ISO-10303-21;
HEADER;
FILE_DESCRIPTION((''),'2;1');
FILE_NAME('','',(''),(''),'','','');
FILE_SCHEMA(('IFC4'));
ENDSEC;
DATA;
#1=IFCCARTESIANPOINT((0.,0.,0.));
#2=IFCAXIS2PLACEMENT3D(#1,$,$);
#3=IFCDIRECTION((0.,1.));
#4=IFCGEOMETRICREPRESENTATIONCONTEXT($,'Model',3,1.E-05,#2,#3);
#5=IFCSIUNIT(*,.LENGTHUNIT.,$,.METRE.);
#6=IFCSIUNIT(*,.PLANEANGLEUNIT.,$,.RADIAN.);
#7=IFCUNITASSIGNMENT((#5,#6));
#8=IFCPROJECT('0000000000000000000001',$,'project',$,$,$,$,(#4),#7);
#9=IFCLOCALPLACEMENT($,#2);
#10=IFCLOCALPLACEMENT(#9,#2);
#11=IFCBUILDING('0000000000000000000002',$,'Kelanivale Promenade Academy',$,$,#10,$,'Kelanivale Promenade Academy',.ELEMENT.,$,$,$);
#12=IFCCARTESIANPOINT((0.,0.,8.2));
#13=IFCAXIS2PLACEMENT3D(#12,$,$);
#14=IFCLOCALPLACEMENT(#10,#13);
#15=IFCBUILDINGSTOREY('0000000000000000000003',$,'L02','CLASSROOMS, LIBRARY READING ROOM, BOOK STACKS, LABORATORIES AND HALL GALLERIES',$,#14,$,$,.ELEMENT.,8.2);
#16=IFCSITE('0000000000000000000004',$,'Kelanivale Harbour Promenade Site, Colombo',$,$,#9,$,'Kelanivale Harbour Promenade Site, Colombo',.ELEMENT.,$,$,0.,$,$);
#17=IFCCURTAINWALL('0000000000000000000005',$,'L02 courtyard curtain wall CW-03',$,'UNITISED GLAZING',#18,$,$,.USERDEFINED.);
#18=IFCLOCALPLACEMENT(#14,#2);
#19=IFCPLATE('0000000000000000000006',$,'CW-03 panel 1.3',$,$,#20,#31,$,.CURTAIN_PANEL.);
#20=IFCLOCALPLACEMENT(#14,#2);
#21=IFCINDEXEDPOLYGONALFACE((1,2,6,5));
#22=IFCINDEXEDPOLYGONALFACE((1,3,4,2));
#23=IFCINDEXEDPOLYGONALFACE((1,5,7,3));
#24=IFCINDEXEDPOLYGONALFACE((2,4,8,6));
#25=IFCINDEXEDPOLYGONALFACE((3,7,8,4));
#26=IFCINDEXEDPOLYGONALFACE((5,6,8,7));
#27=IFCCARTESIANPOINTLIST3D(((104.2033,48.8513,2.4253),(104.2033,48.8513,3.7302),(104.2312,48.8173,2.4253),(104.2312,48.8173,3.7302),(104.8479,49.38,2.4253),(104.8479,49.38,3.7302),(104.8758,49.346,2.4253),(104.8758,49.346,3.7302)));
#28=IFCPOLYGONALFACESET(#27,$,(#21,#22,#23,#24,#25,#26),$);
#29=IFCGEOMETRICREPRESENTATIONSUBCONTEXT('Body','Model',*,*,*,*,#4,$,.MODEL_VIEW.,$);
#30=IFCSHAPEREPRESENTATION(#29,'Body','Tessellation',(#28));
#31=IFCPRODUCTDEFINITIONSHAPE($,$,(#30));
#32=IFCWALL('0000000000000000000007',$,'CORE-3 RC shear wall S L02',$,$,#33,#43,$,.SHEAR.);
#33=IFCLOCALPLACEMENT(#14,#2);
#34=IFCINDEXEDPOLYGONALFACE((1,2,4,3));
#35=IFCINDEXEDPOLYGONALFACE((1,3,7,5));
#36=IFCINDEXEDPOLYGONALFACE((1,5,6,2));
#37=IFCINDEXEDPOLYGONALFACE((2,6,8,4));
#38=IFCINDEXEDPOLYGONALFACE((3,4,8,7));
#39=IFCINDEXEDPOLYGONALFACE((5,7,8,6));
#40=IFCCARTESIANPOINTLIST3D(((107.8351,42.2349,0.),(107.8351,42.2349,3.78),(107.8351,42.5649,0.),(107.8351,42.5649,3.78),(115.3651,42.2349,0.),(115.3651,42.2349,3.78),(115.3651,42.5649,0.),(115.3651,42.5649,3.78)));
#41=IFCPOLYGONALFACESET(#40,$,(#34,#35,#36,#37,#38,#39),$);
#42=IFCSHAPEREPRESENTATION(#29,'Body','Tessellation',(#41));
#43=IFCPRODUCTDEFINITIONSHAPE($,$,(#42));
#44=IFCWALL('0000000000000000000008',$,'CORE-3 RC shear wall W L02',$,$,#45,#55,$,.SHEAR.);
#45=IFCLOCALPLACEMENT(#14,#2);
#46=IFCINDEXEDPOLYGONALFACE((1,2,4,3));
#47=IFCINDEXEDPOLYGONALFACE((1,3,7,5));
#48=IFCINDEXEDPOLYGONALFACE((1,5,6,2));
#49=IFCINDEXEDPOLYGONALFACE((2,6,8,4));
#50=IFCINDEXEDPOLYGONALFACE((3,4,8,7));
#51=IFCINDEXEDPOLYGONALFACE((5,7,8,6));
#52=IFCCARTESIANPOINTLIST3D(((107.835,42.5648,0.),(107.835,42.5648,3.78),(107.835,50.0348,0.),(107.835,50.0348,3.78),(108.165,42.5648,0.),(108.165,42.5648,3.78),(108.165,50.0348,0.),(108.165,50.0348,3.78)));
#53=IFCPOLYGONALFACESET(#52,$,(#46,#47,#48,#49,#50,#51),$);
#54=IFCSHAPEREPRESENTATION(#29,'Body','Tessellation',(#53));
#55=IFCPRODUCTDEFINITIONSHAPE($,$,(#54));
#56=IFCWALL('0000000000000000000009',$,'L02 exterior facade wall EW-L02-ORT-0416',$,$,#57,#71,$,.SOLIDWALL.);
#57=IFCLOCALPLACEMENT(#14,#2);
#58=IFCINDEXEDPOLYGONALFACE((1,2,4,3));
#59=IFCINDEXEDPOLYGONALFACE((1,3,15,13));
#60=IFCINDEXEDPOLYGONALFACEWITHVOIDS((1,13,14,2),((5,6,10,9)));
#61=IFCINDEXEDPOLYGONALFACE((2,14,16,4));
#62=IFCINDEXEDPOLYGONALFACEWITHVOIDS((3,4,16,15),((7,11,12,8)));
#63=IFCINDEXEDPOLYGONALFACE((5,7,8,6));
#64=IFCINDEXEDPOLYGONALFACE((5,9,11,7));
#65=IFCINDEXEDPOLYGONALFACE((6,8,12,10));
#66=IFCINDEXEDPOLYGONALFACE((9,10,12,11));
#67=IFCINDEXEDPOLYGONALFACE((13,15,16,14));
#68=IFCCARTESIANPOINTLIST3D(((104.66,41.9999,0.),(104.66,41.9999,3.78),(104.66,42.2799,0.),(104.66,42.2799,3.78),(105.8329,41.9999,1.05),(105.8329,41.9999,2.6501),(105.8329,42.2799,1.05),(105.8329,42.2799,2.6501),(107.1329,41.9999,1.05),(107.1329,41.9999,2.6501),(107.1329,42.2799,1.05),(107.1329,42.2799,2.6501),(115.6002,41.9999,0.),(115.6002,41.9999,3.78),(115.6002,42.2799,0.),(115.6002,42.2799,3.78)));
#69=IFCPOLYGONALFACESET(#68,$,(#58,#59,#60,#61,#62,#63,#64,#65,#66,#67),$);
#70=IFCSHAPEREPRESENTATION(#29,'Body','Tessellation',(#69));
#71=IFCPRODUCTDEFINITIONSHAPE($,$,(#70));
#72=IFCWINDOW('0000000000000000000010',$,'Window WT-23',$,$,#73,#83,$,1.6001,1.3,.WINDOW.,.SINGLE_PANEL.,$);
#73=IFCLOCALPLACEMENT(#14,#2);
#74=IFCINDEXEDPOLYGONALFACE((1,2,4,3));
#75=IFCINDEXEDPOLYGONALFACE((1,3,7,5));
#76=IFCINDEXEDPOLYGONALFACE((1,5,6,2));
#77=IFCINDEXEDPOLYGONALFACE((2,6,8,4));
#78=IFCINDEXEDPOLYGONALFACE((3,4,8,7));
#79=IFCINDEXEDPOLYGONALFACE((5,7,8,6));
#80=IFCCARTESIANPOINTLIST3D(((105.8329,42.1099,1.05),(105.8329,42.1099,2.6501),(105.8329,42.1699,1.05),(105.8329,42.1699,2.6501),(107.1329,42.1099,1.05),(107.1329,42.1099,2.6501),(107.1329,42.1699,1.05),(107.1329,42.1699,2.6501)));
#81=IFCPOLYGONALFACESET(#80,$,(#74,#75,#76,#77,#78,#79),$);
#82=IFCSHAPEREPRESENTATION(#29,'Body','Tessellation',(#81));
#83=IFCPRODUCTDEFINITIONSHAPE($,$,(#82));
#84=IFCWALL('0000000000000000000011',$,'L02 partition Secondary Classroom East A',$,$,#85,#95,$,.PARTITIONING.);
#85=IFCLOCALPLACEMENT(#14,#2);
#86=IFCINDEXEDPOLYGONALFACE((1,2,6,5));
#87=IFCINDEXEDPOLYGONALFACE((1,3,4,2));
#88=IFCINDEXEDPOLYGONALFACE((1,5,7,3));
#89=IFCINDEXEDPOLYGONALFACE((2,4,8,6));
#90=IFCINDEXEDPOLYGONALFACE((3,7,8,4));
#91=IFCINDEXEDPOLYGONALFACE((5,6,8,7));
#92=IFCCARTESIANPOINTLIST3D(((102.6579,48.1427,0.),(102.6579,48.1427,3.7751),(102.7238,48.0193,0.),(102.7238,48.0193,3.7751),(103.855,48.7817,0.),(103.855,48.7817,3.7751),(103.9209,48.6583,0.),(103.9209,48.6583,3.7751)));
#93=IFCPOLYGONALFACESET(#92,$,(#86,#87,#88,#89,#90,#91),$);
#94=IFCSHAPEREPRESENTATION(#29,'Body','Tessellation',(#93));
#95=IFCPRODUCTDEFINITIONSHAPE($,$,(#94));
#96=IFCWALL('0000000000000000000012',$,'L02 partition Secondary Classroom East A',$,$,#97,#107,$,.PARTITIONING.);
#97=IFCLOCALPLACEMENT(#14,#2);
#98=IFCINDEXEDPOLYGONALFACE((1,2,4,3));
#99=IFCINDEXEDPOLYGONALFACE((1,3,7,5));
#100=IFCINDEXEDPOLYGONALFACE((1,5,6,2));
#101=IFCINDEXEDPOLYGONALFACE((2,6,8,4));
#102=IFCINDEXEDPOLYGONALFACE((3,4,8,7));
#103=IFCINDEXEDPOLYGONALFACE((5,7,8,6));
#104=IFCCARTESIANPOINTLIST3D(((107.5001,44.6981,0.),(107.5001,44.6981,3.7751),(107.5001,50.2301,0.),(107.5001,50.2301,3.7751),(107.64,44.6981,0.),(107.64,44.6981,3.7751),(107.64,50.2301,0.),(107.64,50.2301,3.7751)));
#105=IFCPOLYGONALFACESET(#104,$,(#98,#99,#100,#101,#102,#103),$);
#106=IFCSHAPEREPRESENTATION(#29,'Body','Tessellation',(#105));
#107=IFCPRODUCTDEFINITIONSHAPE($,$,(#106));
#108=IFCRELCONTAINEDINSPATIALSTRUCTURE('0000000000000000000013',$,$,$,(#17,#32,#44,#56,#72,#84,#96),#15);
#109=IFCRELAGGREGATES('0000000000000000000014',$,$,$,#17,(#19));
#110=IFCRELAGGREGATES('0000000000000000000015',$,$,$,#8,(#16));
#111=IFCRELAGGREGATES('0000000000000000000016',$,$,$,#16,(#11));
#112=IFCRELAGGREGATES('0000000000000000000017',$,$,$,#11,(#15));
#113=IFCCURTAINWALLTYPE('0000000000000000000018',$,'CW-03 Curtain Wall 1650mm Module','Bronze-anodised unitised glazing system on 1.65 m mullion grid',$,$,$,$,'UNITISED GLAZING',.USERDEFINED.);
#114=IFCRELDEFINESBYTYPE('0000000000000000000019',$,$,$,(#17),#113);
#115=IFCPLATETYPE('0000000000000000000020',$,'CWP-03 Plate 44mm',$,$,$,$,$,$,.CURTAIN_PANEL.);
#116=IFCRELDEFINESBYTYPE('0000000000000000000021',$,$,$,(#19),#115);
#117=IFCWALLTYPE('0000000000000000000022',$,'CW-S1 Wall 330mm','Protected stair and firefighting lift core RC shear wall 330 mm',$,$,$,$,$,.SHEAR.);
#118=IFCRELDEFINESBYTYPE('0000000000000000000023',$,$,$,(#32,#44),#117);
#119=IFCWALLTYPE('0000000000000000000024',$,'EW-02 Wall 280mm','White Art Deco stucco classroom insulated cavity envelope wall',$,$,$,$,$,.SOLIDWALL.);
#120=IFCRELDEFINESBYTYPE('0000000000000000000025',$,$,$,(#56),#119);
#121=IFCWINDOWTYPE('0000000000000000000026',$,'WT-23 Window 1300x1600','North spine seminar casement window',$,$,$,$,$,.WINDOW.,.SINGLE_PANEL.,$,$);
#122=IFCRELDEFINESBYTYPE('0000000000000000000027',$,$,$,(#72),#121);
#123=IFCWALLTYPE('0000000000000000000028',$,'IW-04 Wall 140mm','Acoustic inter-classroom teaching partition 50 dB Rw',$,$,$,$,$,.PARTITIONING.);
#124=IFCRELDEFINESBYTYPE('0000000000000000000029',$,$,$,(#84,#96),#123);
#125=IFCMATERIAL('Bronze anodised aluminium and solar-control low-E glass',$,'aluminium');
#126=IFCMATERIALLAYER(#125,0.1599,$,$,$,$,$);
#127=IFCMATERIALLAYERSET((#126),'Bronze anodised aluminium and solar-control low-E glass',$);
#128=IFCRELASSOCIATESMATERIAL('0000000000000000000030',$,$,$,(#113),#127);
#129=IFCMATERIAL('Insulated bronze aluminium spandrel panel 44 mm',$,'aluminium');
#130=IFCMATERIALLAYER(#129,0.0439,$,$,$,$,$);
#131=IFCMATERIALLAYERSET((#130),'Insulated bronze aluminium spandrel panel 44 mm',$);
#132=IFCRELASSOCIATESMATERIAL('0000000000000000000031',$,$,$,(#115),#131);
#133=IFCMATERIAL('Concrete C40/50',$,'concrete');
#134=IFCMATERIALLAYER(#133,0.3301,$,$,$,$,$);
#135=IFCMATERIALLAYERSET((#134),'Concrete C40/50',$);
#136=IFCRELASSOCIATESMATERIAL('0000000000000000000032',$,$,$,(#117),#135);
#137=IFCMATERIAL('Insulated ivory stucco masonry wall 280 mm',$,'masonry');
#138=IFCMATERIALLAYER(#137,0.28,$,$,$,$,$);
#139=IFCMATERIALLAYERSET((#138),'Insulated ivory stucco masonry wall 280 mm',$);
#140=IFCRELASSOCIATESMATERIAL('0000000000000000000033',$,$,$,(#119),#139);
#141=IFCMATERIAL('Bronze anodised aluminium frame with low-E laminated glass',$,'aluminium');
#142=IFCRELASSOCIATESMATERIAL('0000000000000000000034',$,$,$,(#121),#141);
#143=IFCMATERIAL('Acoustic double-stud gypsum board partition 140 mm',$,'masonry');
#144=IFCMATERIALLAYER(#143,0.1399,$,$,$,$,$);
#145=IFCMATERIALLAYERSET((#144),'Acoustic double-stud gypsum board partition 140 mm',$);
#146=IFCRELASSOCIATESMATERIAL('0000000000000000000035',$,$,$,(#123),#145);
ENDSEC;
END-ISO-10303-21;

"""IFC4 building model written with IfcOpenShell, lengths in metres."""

from ifc_helpers import new_model, si_unit, direction, frame, frame_2d, origin, origin_2d, place, context, subcontext, project, spatial, rectangle, extrude, material, layer, layer_set, type_object, element, fill, aggregate, save


model = new_model("IFC4")

# Units and contexts
model_context = context("Model", 3, precision=1e-05, world=origin(), true_north=direction((0.0, 1.0)))
body_context = subcontext(model_context, "Body", "Model", "MODEL_VIEW")
ifc_project = project(units=[si_unit("LENGTHUNIT", "METRE"), si_unit("PLANEANGLEUNIT", "RADIAN")], contexts=[model_context])

# Site, building, storey
site_placement = place(None, origin())
site = spatial("IfcSite", under=ifc_project, at=site_placement, Name="Kelanivale Harbour Promenade Site, Colombo", LongName="Kelanivale Harbour Promenade Site, Colombo", CompositionType="ELEMENT", RefElevation=0.0)
building_placement = place(site_placement, origin())
building = spatial("IfcBuilding", under=site, at=building_placement, Name="Kelanivale Promenade Academy", LongName="Kelanivale Promenade Academy", CompositionType="ELEMENT")
storey_placement = place(building_placement, frame((0.0, 0.0, 8.2)))
storey = spatial("IfcBuildingStorey", under=building, at=storey_placement, Name="L02", Description="CLASSROOMS, LIBRARY READING ROOM, BOOK STACKS, LABORATORIES AND HALL GALLERIES", CompositionType="ELEMENT", Elevation=8.2)

# Shared definitions
ifc_material_1 = material(Name="Concrete C40/50", Category="concrete")

# Curtain wall
ifc_material_2 = material(Name="Bronze anodised aluminium and solar-control low-E glass", Category="aluminium")
ifc_layer_1 = layer(ifc_material_2, 0.1599)
ifc_layer_set_1 = layer_set([ifc_layer_1], Name="Bronze anodised aluminium and solar-control low-E glass")
curtain_wall_type_1 = type_object("IfcCurtainWallType", Name="CW-03 Curtain Wall 1650mm Module", Description="Bronze-anodised unitised glazing system on 1.65 m mullion grid", ElementType="UNITISED GLAZING", PredefinedType="USERDEFINED", material=ifc_layer_set_1)
curtain_wall_1_placement = place(storey_placement, origin())
curtain_wall_1 = element("IfcCurtainWall", 1, at=curtain_wall_1_placement, inside=storey, type_object=curtain_wall_type_1, Name="L02 courtyard curtain wall CW-03", ObjectType="UNITISED GLAZING", PredefinedType="USERDEFINED")

# Plate
ifc_material_3 = material(Name="Insulated bronze aluminium spandrel panel 44 mm", Category="aluminium")
ifc_layer_2 = layer(ifc_material_3, 0.0439)
ifc_layer_set_2 = layer_set([ifc_layer_2], Name="Insulated bronze aluminium spandrel panel 44 mm")
plate_type_1 = type_object("IfcPlateType", Name="CWP-03 Plate 44mm", PredefinedType="CURTAIN_PANEL", material=ifc_layer_set_2)
plate_1_placement = place(storey_placement, frame((104.5396, 49.0986, 2.4253), z_axis=(0.0, 0.0, 1.0), x_axis=(0.773215, 0.634144, 0.0)))
plate_1 = element("IfcPlate", 2, at=plate_1_placement, type_object=plate_type_1, Name="CW-03 panel 1.3", PredefinedType="CURTAIN_PANEL", context=body_context, shape_type="SweptSolid", body=[
    extrude(rectangle(XDim=0.8337, YDim=0.0439, at=origin_2d()), origin(), (0.0, 0.0, 1.0), 1.3049),
])
aggregate(curtain_wall_1, [plate_1])

# Walls
ifc_layer_3 = layer(ifc_material_1, 0.3301)
ifc_layer_set_3 = layer_set([ifc_layer_3], Name="Concrete C40/50")
wall_type_1 = type_object("IfcWallType", Name="CW-S1 Wall 330mm", Description="Protected stair and firefighting lift core RC shear wall 330 mm", PredefinedType="SHEAR", material=ifc_layer_set_3)
wall_1_placement = place(storey_placement, frame((107.835, 42.3999, 0.0), z_axis=(0.0, 0.0, 1.0), x_axis=(1.0, 0.0, 0.0)))
element("IfcWall", 3, at=wall_1_placement, inside=storey, type_object=wall_type_1, Name="CORE-3 RC shear wall S L02", PredefinedType="SHEAR", context=body_context, shape_type="SweptSolid", body=[
    extrude(rectangle(XDim=7.53, YDim=0.3301, at=frame_2d((3.7651, 0.0))), origin(), (0.0, 0.0, 1.0), 3.78),
])
wall_2_placement = place(storey_placement, frame((108.0, 42.5649, 0.0), z_axis=(0.0, 0.0, 1.0), x_axis=(0.0, 1.0, 0.0)))
element("IfcWall", 4, at=wall_2_placement, inside=storey, type_object=wall_type_1, Name="CORE-3 RC shear wall W L02", PredefinedType="SHEAR", context=body_context, shape_type="SweptSolid", body=[
    extrude(rectangle(XDim=7.47, YDim=0.3301, at=frame_2d((3.7349, 0.0))), origin(), (0.0, 0.0, 1.0), 3.78),
])

# Wall, opening, window
ifc_material_4 = material(Name="Insulated ivory stucco masonry wall 280 mm", Category="masonry")
ifc_layer_4 = layer(ifc_material_4, 0.28)
ifc_layer_set_4 = layer_set([ifc_layer_4], Name="Insulated ivory stucco masonry wall 280 mm")
wall_type_2 = type_object("IfcWallType", Name="EW-02 Wall 280mm", Description="White Art Deco stucco classroom insulated cavity envelope wall", PredefinedType="SOLIDWALL", material=ifc_layer_set_4)
wall_3_placement = place(storey_placement, frame((104.6599, 42.1399, 0.0), z_axis=(0.0, 0.0, 1.0), x_axis=(1.0, 0.0, 0.0)))
wall_3 = element("IfcWall", 5, at=wall_3_placement, inside=storey, type_object=wall_type_2, Name="L02 exterior facade wall EW-L02-ORT-0416", PredefinedType="SOLIDWALL", context=body_context, shape_type="SweptSolid", body=[
    extrude(rectangle(XDim=10.9402, YDim=0.28, at=frame_2d((5.4702, 0.0))), origin(), (0.0, 0.0, 1.0), 3.78),
])
opening_placement = place(wall_3_placement, frame((1.1731, 0.0, 1.05)))
opening = element("IfcOpeningElement", 6, at=opening_placement, cuts=wall_3, PredefinedType="OPENING", context=body_context, shape_type="SweptSolid", body=[
    extrude(rectangle(XDim=1.3, YDim=1.6001, at=frame_2d((0.6499, 0.8))), frame((0.0, 0.1499, 0.0), z_axis=(0.0, -1.0, 0.0), x_axis=(1.0, 0.0, 0.0)), (0.0, 0.0, 1.0), 0.3),
])
ifc_material_5 = material(Name="Bronze anodised aluminium frame with low-E laminated glass", Category="aluminium")
window_type = type_object("IfcWindowType", Name="WT-23 Window 1300x1600", Description="North spine seminar casement window", PartitioningType="SINGLE_PANEL", PredefinedType="WINDOW", material=ifc_material_5)
window_placement = place(opening_placement, origin())
window = element("IfcWindow", 7, at=window_placement, inside=storey, type_object=window_type, Name="Window WT-23", OverallHeight=1.6001, OverallWidth=1.3, PartitioningType="SINGLE_PANEL", PredefinedType="WINDOW", context=body_context, shape_type="SweptSolid", body=[
    extrude(rectangle(XDim=1.3, YDim=1.6001, at=frame_2d((0.6499, 0.8))), frame((0.0, 0.03, 0.0), z_axis=(0.0, -1.0, 0.0), x_axis=(1.0, 0.0, 0.0)), (0.0, 0.0, 1.0), 0.0601),
])
fill(opening, window)

# Walls
ifc_material_6 = material(Name="Acoustic double-stud gypsum board partition 140 mm", Category="masonry")
ifc_layer_5 = layer(ifc_material_6, 0.1399)
ifc_layer_set_5 = layer_set([ifc_layer_5], Name="Acoustic double-stud gypsum board partition 140 mm")
wall_type_3 = type_object("IfcWallType", Name="IW-04 Wall 140mm", Description="Acoustic inter-classroom teaching partition 50 dB Rw", PredefinedType="PARTITIONING", material=ifc_layer_set_5)
wall_4_placement = place(storey_placement, frame((103.8879, 48.72, 0.0), z_axis=(0.0, 0.0, 1.0), x_axis=(-0.882198, -0.470878, 0.0)))
element("IfcWall", 8, at=wall_4_placement, inside=storey, type_object=wall_type_3, Name="L02 partition Secondary Classroom East A", PredefinedType="PARTITIONING", context=body_context, shape_type="SweptSolid", body=[
    extrude(rectangle(XDim=1.3569, YDim=0.1399, at=frame_2d((0.6785, 0.0))), origin(), (0.0, 0.0, 1.0), 3.7751),
])
wall_5_placement = place(storey_placement, frame((107.5701, 44.698, 0.0), z_axis=(0.0, 0.0, 1.0), x_axis=(0.0, 1.0, 0.0)))
element("IfcWall", 9, at=wall_5_placement, inside=storey, type_object=wall_type_3, Name="L02 partition Secondary Classroom East A", PredefinedType="PARTITIONING", context=body_context, shape_type="SweptSolid", body=[
    extrude(rectangle(XDim=5.532, YDim=0.1399, at=frame_2d((2.7661, 0.0))), origin(), (0.0, 0.0, 1.0), 3.7751),
])

save(model, "model.ifc")
